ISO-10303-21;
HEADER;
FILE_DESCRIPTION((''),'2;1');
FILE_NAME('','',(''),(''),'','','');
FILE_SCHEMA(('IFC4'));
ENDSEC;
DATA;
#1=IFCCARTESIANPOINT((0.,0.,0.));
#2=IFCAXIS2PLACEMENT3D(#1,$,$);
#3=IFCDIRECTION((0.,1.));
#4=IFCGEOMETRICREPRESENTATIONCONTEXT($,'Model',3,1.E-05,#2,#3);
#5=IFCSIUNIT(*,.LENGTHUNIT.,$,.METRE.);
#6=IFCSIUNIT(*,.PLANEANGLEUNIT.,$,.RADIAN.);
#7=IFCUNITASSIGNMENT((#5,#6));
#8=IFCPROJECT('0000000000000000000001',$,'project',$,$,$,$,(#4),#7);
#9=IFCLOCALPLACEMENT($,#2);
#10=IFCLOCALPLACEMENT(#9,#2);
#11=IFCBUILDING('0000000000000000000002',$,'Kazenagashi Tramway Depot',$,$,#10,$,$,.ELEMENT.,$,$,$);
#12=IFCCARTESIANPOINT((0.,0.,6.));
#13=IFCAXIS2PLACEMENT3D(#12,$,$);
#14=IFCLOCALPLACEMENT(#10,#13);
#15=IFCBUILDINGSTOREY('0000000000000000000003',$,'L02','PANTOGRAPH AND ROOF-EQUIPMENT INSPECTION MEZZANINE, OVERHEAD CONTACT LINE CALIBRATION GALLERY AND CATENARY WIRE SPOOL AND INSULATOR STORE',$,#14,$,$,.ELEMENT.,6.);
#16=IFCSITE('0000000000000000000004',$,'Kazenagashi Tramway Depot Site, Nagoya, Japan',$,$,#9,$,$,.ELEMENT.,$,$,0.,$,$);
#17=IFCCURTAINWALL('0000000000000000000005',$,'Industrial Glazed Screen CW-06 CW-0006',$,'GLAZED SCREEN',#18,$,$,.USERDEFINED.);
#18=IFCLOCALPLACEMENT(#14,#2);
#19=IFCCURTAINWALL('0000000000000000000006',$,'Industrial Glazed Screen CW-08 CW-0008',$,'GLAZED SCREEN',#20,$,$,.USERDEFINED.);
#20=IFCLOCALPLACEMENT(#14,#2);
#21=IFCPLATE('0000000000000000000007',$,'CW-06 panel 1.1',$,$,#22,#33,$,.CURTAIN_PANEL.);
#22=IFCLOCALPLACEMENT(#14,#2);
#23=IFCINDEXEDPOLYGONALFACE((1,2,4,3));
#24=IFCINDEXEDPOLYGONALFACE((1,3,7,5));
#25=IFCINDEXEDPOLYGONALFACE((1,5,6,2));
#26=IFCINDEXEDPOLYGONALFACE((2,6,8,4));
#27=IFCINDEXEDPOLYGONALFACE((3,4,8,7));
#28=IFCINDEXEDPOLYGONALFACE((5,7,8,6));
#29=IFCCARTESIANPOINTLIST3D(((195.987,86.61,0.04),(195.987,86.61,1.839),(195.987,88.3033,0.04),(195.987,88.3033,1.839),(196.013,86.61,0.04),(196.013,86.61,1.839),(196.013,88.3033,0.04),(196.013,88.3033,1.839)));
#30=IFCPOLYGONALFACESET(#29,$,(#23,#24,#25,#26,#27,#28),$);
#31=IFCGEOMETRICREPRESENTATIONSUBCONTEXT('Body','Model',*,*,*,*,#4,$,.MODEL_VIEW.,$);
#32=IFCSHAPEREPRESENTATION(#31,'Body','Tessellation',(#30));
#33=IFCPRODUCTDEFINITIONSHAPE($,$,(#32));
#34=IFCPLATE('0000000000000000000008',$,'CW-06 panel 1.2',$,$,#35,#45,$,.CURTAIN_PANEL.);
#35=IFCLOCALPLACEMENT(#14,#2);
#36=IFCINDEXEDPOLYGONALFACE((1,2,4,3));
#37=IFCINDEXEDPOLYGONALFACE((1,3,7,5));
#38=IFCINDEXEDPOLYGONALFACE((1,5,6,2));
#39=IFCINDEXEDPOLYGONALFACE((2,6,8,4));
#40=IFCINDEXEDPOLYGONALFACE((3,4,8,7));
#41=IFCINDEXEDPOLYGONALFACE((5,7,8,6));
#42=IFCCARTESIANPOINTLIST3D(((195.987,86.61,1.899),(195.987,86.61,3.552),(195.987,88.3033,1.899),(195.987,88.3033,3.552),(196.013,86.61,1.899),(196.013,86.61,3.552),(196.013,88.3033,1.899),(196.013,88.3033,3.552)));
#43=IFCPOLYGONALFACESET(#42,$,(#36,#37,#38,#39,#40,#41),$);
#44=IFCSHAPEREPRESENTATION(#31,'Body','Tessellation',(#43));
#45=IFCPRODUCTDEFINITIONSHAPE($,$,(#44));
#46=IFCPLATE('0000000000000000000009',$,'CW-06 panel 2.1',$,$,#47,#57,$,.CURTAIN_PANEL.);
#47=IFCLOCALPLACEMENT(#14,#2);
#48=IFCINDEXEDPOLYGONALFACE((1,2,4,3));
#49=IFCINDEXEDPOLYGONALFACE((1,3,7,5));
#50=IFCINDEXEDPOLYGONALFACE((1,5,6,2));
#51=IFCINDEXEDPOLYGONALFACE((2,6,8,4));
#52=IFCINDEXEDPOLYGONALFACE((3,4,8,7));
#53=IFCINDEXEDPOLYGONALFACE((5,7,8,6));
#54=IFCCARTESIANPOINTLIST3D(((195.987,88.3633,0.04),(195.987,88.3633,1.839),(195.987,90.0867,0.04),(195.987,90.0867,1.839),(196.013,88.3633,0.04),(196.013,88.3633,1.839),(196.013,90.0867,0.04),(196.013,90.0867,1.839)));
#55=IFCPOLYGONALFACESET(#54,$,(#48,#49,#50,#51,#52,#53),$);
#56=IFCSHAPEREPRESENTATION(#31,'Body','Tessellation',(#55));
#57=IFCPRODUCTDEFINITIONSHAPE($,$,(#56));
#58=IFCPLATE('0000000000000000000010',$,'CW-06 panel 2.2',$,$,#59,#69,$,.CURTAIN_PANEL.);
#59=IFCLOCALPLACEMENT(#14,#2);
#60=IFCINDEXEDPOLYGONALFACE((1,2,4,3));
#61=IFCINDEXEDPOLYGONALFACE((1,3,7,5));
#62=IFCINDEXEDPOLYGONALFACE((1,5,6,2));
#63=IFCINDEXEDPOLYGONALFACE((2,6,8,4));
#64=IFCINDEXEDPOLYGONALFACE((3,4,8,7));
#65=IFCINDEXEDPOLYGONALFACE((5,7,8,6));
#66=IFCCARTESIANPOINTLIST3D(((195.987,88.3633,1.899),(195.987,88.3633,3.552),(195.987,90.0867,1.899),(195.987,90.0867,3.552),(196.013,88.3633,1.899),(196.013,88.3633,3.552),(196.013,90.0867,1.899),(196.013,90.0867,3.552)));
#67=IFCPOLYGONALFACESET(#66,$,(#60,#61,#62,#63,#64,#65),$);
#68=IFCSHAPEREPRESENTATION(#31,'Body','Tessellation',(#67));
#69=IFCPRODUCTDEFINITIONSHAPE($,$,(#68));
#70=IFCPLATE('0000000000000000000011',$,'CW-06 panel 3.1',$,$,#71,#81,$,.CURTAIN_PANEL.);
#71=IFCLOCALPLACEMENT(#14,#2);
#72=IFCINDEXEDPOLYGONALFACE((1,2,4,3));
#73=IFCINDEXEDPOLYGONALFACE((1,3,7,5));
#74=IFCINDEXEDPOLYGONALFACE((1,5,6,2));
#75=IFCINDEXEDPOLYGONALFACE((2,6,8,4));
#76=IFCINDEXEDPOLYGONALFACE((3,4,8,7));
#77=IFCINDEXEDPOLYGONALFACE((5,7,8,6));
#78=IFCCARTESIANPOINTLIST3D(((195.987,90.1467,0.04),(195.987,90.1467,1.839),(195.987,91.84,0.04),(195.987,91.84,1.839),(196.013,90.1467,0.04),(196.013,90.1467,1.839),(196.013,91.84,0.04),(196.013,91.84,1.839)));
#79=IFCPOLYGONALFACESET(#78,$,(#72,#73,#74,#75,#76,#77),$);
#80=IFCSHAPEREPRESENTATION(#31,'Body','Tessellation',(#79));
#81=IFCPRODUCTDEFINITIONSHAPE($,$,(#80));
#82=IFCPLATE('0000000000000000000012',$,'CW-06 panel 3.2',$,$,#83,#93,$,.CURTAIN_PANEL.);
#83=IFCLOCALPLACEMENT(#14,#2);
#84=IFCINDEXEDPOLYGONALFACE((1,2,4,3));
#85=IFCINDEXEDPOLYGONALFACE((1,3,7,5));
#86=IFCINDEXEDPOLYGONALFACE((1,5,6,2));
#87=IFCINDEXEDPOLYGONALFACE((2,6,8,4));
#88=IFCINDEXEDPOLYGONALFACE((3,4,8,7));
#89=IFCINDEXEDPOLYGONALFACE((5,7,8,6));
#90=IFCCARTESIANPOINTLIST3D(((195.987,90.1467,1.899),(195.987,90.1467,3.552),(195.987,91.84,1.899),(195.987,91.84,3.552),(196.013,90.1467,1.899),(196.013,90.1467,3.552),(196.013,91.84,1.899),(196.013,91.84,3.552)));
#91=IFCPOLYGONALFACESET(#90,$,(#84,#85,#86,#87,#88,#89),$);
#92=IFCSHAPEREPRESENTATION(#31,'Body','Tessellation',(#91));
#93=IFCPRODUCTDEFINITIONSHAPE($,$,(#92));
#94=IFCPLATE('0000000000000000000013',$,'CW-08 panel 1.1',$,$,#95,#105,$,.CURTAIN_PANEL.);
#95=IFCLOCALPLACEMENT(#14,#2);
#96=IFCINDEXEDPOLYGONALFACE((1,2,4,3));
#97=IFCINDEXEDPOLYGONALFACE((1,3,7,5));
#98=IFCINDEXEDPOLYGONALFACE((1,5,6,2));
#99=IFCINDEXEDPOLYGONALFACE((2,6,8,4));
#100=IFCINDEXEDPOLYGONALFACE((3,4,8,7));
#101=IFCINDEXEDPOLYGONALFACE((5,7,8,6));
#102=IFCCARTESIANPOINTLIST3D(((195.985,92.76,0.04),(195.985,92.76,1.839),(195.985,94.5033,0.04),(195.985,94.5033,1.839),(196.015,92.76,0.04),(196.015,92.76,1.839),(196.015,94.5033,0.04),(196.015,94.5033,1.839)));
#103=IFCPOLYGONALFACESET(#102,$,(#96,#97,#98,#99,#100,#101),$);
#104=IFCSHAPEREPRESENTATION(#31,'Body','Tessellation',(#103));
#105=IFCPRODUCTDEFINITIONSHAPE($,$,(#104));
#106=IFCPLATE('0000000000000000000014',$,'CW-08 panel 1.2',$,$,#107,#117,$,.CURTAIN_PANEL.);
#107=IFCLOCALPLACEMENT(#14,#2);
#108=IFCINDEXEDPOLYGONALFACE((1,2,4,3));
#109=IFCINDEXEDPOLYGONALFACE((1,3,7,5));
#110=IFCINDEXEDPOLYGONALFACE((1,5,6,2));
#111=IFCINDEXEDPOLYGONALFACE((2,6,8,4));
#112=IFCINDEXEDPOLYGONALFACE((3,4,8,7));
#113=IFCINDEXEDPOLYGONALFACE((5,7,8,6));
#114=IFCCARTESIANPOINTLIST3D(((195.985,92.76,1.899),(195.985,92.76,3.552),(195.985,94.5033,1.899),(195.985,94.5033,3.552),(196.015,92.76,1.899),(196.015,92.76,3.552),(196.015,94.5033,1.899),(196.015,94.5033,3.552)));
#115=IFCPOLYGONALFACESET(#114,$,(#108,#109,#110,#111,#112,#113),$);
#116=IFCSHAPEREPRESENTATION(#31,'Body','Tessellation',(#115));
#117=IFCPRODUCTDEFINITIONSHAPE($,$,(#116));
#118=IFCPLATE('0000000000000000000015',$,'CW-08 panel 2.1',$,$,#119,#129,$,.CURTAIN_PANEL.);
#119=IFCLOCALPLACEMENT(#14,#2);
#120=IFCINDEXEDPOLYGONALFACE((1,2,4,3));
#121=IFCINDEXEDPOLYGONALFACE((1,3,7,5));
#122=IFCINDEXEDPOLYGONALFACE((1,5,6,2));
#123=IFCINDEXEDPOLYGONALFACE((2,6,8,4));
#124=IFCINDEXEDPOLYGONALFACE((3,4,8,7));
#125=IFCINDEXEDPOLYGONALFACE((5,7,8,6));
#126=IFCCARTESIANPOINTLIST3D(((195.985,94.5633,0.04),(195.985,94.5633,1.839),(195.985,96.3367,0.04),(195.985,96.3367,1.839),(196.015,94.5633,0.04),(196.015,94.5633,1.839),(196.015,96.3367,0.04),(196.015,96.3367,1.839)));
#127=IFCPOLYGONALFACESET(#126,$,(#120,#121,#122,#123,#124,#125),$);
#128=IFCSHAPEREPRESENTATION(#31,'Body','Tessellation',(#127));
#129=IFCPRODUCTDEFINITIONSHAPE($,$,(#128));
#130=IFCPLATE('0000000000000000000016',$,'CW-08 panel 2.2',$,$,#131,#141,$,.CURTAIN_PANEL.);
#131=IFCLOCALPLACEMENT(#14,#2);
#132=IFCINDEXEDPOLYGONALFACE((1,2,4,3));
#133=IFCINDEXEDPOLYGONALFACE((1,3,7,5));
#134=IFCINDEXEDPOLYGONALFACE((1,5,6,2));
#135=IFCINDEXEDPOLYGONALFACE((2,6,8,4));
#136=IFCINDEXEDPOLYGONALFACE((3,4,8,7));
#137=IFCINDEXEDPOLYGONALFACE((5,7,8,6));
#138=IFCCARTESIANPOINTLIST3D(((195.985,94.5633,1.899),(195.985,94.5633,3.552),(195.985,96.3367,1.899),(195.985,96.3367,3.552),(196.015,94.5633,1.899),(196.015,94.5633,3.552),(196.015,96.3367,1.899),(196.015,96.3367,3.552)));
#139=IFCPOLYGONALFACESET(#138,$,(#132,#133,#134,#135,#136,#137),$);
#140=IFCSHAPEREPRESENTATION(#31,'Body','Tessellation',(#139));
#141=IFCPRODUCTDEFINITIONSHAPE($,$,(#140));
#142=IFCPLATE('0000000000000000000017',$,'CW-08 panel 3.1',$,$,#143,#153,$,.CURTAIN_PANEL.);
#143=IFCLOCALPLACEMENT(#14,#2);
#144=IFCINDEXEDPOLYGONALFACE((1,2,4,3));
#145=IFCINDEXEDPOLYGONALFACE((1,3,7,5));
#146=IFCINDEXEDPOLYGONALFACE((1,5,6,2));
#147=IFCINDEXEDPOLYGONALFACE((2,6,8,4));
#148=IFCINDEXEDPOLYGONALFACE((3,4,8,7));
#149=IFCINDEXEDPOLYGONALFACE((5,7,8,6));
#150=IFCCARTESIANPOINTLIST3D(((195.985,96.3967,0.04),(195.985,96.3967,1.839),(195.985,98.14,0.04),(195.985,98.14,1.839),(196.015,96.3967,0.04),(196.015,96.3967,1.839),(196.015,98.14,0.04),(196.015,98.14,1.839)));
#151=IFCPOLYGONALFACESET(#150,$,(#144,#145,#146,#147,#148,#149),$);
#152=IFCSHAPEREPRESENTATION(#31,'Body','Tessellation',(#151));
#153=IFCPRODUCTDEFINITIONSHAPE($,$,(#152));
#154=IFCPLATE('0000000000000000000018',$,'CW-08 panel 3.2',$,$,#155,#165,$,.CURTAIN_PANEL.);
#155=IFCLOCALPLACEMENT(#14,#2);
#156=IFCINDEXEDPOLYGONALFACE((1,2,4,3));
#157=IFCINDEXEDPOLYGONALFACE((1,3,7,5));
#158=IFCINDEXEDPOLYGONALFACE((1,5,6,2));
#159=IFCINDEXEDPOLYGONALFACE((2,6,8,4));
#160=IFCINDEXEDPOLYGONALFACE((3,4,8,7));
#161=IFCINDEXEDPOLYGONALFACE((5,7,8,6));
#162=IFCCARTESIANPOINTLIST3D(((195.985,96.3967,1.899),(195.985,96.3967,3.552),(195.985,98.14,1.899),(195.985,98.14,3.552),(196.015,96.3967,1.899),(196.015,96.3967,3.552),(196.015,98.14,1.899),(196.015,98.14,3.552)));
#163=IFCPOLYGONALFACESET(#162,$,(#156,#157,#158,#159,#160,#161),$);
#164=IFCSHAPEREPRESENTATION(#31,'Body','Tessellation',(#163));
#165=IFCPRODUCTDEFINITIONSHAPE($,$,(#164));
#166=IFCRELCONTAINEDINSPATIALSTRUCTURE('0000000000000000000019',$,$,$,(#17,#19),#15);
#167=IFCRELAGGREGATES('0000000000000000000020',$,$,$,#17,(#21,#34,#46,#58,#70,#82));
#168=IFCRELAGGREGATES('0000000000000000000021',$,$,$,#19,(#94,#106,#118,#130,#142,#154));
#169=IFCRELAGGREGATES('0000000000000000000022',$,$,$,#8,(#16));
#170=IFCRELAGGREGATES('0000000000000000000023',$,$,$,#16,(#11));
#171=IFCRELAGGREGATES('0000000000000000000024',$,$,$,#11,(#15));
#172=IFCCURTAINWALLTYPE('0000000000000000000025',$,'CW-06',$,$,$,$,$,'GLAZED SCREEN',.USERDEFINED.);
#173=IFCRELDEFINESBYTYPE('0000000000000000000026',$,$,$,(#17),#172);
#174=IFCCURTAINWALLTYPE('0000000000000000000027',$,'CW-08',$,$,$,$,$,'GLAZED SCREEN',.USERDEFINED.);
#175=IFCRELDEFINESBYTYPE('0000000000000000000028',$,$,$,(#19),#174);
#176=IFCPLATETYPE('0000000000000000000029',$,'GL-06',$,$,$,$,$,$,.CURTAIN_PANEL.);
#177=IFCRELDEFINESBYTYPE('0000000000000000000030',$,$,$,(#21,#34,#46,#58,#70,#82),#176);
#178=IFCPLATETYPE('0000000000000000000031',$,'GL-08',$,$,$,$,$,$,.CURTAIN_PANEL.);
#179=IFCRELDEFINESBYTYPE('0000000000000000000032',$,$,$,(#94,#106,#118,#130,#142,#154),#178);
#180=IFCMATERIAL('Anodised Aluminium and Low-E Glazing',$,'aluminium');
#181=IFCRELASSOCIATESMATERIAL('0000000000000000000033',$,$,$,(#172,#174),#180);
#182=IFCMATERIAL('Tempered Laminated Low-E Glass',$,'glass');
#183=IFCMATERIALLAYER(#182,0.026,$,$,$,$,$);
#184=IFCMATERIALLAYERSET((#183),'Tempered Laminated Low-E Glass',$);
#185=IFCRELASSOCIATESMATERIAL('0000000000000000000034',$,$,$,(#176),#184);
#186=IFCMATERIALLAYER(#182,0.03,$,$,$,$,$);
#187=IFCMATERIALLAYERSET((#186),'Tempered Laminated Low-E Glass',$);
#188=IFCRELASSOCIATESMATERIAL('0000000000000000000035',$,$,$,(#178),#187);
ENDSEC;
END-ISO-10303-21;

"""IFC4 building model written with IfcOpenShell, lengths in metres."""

from ifc_helpers import new_model, si_unit, direction, frame, origin, origin_2d, place, context, subcontext, project, spatial, rectangle, extrude, material, layer, layer_set, type_object, element, aggregate, save


model = new_model("IFC4")

# Units and contexts
model_context = context("Model", 3, precision=1e-05, world=origin(), true_north=direction((0.0, 1.0)))
body_context = subcontext(model_context, "Body", "Model", "MODEL_VIEW")
ifc_project = project(units=[si_unit("LENGTHUNIT", "METRE"), si_unit("PLANEANGLEUNIT", "RADIAN")], contexts=[model_context])

# Site, building, storey
site_placement = place(None, origin())
site = spatial("IfcSite", under=ifc_project, at=site_placement, Name="Kazenagashi Tramway Depot Site, Nagoya, Japan", CompositionType="ELEMENT", RefElevation=0.0)
building_placement = place(site_placement, origin())
building = spatial("IfcBuilding", under=site, at=building_placement, Name="Kazenagashi Tramway Depot", CompositionType="ELEMENT")
storey_placement = place(building_placement, frame((0.0, 0.0, 6.0)))
storey = spatial("IfcBuildingStorey", under=building, at=storey_placement, Name="L02", Description="PANTOGRAPH AND ROOF-EQUIPMENT INSPECTION MEZZANINE, OVERHEAD CONTACT LINE CALIBRATION GALLERY AND CATENARY WIRE SPOOL AND INSULATOR STORE", CompositionType="ELEMENT", Elevation=6.0)

# Curtain walls
ifc_material_1 = material(Name="Anodised Aluminium and Low-E Glazing", Category="aluminium")
curtain_wall_type_1 = type_object("IfcCurtainWallType", Name="CW-06", ElementType="GLAZED SCREEN", PredefinedType="USERDEFINED", material=ifc_material_1)
curtain_wall_1_placement = place(storey_placement, origin())
curtain_wall_1 = element("IfcCurtainWall", 1, at=curtain_wall_1_placement, inside=storey, type_object=curtain_wall_type_1, Name="Industrial Glazed Screen CW-06 CW-0006", ObjectType="GLAZED SCREEN", PredefinedType="USERDEFINED")
curtain_wall_type_2 = type_object("IfcCurtainWallType", Name="CW-08", ElementType="GLAZED SCREEN", PredefinedType="USERDEFINED", material=ifc_material_1)
curtain_wall_2_placement = place(storey_placement, origin())
curtain_wall_2 = element("IfcCurtainWall", 2, at=curtain_wall_2_placement, inside=storey, type_object=curtain_wall_type_2, Name="Industrial Glazed Screen CW-08 CW-0008", ObjectType="GLAZED SCREEN", PredefinedType="USERDEFINED")

# Plates
ifc_material_2 = material(Name="Tempered Laminated Low-E Glass", Category="glass")
ifc_layer_1 = layer(ifc_material_2, 0.026)
ifc_layer_set_1 = layer_set([ifc_layer_1], Name="Tempered Laminated Low-E Glass")
plate_type_1 = type_object("IfcPlateType", Name="GL-06", PredefinedType="CURTAIN_PANEL", material=ifc_layer_set_1)
plate_1_placement = place(storey_placement, frame((196.0, 87.4567, 0.04), z_axis=(0.0, 0.0, 1.0), x_axis=(0.0, 1.0, 0.0)))
plate_1 = element("IfcPlate", 3, at=plate_1_placement, type_object=plate_type_1, Name="CW-06 panel 1.1", PredefinedType="CURTAIN_PANEL", context=body_context, shape_type="SweptSolid", body=[
    extrude(rectangle(XDim=1.6933, YDim=0.026, at=origin_2d()), origin(), (0.0, 0.0, 1.0), 1.799),
])
plate_2_placement = place(storey_placement, frame((196.0, 87.4567, 1.899), z_axis=(0.0, 0.0, 1.0), x_axis=(0.0, 1.0, 0.0)))
plate_2 = element("IfcPlate", 4, at=plate_2_placement, type_object=plate_type_1, Name="CW-06 panel 1.2", PredefinedType="CURTAIN_PANEL", context=body_context, shape_type="SweptSolid", body=[
    extrude(rectangle(XDim=1.6933, YDim=0.026, at=origin_2d()), origin(), (0.0, 0.0, 1.0), 1.653),
])
plate_3_placement = place(storey_placement, frame((196.0, 89.225, 0.04), z_axis=(0.0, 0.0, 1.0), x_axis=(0.0, 1.0, 0.0)))
plate_3 = element("IfcPlate", 5, at=plate_3_placement, type_object=plate_type_1, Name="CW-06 panel 2.1", PredefinedType="CURTAIN_PANEL", context=body_context, shape_type="SweptSolid", body=[
    extrude(rectangle(XDim=1.7233, YDim=0.026, at=origin_2d()), origin(), (0.0, 0.0, 1.0), 1.799),
])
plate_4_placement = place(storey_placement, frame((196.0, 89.225, 1.899), z_axis=(0.0, 0.0, 1.0), x_axis=(0.0, 1.0, 0.0)))
plate_4 = element("IfcPlate", 6, at=plate_4_placement, type_object=plate_type_1, Name="CW-06 panel 2.2", PredefinedType="CURTAIN_PANEL", context=body_context, shape_type="SweptSolid", body=[
    extrude(rectangle(XDim=1.7233, YDim=0.026, at=origin_2d()), origin(), (0.0, 0.0, 1.0), 1.653),
])
plate_5_placement = place(storey_placement, frame((196.0, 90.9933, 0.04), z_axis=(0.0, 0.0, 1.0), x_axis=(0.0, 1.0, 0.0)))
plate_5 = element("IfcPlate", 7, at=plate_5_placement, type_object=plate_type_1, Name="CW-06 panel 3.1", PredefinedType="CURTAIN_PANEL", context=body_context, shape_type="SweptSolid", body=[
    extrude(rectangle(XDim=1.6933, YDim=0.026, at=origin_2d()), origin(), (0.0, 0.0, 1.0), 1.799),
])
plate_6_placement = place(storey_placement, frame((196.0, 90.9933, 1.899), z_axis=(0.0, 0.0, 1.0), x_axis=(0.0, 1.0, 0.0)))
plate_6 = element("IfcPlate", 8, at=plate_6_placement, type_object=plate_type_1, Name="CW-06 panel 3.2", PredefinedType="CURTAIN_PANEL", context=body_context, shape_type="SweptSolid", body=[
    extrude(rectangle(XDim=1.6933, YDim=0.026, at=origin_2d()), origin(), (0.0, 0.0, 1.0), 1.653),
])
aggregate(curtain_wall_1, [plate_1, plate_2, plate_3, plate_4, plate_5, plate_6])
ifc_layer_2 = layer(ifc_material_2, 0.03)
ifc_layer_set_2 = layer_set([ifc_layer_2], Name="Tempered Laminated Low-E Glass")
plate_type_2 = type_object("IfcPlateType", Name="GL-08", PredefinedType="CURTAIN_PANEL", material=ifc_layer_set_2)
plate_7_placement = place(storey_placement, frame((196.0, 93.6317, 0.04), z_axis=(0.0, 0.0, 1.0), x_axis=(0.0, 1.0, 0.0)))
plate_7 = element("IfcPlate", 9, at=plate_7_placement, type_object=plate_type_2, Name="CW-08 panel 1.1", PredefinedType="CURTAIN_PANEL", context=body_context, shape_type="SweptSolid", body=[
    extrude(rectangle(XDim=1.7433, YDim=0.03, at=origin_2d()), origin(), (0.0, 0.0, 1.0), 1.799),
])
plate_8_placement = place(storey_placement, frame((196.0, 93.6317, 1.899), z_axis=(0.0, 0.0, 1.0), x_axis=(0.0, 1.0, 0.0)))
plate_8 = element("IfcPlate", 10, at=plate_8_placement, type_object=plate_type_2, Name="CW-08 panel 1.2", PredefinedType="CURTAIN_PANEL", context=body_context, shape_type="SweptSolid", body=[
    extrude(rectangle(XDim=1.7433, YDim=0.03, at=origin_2d()), origin(), (0.0, 0.0, 1.0), 1.653),
])
plate_9_placement = place(storey_placement, frame((196.0, 95.45, 0.04), z_axis=(0.0, 0.0, 1.0), x_axis=(0.0, 1.0, 0.0)))
plate_9 = element("IfcPlate", 11, at=plate_9_placement, type_object=plate_type_2, Name="CW-08 panel 2.1", PredefinedType="CURTAIN_PANEL", context=body_context, shape_type="SweptSolid", body=[
    extrude(rectangle(XDim=1.7733, YDim=0.03, at=origin_2d()), origin(), (0.0, 0.0, 1.0), 1.799),
])
plate_10_placement = place(storey_placement, frame((196.0, 95.45, 1.899), z_axis=(0.0, 0.0, 1.0), x_axis=(0.0, 1.0, 0.0)))
plate_10 = element("IfcPlate", 12, at=plate_10_placement, type_object=plate_type_2, Name="CW-08 panel 2.2", PredefinedType="CURTAIN_PANEL", context=body_context, shape_type="SweptSolid", body=[
    extrude(rectangle(XDim=1.7733, YDim=0.03, at=origin_2d()), origin(), (0.0, 0.0, 1.0), 1.653),
])
plate_11_placement = place(storey_placement, frame((196.0, 97.2683, 0.04), z_axis=(0.0, 0.0, 1.0), x_axis=(0.0, 1.0, 0.0)))
plate_11 = element("IfcPlate", 13, at=plate_11_placement, type_object=plate_type_2, Name="CW-08 panel 3.1", PredefinedType="CURTAIN_PANEL", context=body_context, shape_type="SweptSolid", body=[
    extrude(rectangle(XDim=1.7433, YDim=0.03, at=origin_2d()), origin(), (0.0, 0.0, 1.0), 1.799),
])
plate_12_placement = place(storey_placement, frame((196.0, 97.2683, 1.899), z_axis=(0.0, 0.0, 1.0), x_axis=(0.0, 1.0, 0.0)))
plate_12 = element("IfcPlate", 14, at=plate_12_placement, type_object=plate_type_2, Name="CW-08 panel 3.2", PredefinedType="CURTAIN_PANEL", context=body_context, shape_type="SweptSolid", body=[
    extrude(rectangle(XDim=1.7433, YDim=0.03, at=origin_2d()), origin(), (0.0, 0.0, 1.0), 1.653),
])
aggregate(curtain_wall_2, [plate_7, plate_8, plate_9, plate_10, plate_11, plate_12])

save(model, "model.ifc")
